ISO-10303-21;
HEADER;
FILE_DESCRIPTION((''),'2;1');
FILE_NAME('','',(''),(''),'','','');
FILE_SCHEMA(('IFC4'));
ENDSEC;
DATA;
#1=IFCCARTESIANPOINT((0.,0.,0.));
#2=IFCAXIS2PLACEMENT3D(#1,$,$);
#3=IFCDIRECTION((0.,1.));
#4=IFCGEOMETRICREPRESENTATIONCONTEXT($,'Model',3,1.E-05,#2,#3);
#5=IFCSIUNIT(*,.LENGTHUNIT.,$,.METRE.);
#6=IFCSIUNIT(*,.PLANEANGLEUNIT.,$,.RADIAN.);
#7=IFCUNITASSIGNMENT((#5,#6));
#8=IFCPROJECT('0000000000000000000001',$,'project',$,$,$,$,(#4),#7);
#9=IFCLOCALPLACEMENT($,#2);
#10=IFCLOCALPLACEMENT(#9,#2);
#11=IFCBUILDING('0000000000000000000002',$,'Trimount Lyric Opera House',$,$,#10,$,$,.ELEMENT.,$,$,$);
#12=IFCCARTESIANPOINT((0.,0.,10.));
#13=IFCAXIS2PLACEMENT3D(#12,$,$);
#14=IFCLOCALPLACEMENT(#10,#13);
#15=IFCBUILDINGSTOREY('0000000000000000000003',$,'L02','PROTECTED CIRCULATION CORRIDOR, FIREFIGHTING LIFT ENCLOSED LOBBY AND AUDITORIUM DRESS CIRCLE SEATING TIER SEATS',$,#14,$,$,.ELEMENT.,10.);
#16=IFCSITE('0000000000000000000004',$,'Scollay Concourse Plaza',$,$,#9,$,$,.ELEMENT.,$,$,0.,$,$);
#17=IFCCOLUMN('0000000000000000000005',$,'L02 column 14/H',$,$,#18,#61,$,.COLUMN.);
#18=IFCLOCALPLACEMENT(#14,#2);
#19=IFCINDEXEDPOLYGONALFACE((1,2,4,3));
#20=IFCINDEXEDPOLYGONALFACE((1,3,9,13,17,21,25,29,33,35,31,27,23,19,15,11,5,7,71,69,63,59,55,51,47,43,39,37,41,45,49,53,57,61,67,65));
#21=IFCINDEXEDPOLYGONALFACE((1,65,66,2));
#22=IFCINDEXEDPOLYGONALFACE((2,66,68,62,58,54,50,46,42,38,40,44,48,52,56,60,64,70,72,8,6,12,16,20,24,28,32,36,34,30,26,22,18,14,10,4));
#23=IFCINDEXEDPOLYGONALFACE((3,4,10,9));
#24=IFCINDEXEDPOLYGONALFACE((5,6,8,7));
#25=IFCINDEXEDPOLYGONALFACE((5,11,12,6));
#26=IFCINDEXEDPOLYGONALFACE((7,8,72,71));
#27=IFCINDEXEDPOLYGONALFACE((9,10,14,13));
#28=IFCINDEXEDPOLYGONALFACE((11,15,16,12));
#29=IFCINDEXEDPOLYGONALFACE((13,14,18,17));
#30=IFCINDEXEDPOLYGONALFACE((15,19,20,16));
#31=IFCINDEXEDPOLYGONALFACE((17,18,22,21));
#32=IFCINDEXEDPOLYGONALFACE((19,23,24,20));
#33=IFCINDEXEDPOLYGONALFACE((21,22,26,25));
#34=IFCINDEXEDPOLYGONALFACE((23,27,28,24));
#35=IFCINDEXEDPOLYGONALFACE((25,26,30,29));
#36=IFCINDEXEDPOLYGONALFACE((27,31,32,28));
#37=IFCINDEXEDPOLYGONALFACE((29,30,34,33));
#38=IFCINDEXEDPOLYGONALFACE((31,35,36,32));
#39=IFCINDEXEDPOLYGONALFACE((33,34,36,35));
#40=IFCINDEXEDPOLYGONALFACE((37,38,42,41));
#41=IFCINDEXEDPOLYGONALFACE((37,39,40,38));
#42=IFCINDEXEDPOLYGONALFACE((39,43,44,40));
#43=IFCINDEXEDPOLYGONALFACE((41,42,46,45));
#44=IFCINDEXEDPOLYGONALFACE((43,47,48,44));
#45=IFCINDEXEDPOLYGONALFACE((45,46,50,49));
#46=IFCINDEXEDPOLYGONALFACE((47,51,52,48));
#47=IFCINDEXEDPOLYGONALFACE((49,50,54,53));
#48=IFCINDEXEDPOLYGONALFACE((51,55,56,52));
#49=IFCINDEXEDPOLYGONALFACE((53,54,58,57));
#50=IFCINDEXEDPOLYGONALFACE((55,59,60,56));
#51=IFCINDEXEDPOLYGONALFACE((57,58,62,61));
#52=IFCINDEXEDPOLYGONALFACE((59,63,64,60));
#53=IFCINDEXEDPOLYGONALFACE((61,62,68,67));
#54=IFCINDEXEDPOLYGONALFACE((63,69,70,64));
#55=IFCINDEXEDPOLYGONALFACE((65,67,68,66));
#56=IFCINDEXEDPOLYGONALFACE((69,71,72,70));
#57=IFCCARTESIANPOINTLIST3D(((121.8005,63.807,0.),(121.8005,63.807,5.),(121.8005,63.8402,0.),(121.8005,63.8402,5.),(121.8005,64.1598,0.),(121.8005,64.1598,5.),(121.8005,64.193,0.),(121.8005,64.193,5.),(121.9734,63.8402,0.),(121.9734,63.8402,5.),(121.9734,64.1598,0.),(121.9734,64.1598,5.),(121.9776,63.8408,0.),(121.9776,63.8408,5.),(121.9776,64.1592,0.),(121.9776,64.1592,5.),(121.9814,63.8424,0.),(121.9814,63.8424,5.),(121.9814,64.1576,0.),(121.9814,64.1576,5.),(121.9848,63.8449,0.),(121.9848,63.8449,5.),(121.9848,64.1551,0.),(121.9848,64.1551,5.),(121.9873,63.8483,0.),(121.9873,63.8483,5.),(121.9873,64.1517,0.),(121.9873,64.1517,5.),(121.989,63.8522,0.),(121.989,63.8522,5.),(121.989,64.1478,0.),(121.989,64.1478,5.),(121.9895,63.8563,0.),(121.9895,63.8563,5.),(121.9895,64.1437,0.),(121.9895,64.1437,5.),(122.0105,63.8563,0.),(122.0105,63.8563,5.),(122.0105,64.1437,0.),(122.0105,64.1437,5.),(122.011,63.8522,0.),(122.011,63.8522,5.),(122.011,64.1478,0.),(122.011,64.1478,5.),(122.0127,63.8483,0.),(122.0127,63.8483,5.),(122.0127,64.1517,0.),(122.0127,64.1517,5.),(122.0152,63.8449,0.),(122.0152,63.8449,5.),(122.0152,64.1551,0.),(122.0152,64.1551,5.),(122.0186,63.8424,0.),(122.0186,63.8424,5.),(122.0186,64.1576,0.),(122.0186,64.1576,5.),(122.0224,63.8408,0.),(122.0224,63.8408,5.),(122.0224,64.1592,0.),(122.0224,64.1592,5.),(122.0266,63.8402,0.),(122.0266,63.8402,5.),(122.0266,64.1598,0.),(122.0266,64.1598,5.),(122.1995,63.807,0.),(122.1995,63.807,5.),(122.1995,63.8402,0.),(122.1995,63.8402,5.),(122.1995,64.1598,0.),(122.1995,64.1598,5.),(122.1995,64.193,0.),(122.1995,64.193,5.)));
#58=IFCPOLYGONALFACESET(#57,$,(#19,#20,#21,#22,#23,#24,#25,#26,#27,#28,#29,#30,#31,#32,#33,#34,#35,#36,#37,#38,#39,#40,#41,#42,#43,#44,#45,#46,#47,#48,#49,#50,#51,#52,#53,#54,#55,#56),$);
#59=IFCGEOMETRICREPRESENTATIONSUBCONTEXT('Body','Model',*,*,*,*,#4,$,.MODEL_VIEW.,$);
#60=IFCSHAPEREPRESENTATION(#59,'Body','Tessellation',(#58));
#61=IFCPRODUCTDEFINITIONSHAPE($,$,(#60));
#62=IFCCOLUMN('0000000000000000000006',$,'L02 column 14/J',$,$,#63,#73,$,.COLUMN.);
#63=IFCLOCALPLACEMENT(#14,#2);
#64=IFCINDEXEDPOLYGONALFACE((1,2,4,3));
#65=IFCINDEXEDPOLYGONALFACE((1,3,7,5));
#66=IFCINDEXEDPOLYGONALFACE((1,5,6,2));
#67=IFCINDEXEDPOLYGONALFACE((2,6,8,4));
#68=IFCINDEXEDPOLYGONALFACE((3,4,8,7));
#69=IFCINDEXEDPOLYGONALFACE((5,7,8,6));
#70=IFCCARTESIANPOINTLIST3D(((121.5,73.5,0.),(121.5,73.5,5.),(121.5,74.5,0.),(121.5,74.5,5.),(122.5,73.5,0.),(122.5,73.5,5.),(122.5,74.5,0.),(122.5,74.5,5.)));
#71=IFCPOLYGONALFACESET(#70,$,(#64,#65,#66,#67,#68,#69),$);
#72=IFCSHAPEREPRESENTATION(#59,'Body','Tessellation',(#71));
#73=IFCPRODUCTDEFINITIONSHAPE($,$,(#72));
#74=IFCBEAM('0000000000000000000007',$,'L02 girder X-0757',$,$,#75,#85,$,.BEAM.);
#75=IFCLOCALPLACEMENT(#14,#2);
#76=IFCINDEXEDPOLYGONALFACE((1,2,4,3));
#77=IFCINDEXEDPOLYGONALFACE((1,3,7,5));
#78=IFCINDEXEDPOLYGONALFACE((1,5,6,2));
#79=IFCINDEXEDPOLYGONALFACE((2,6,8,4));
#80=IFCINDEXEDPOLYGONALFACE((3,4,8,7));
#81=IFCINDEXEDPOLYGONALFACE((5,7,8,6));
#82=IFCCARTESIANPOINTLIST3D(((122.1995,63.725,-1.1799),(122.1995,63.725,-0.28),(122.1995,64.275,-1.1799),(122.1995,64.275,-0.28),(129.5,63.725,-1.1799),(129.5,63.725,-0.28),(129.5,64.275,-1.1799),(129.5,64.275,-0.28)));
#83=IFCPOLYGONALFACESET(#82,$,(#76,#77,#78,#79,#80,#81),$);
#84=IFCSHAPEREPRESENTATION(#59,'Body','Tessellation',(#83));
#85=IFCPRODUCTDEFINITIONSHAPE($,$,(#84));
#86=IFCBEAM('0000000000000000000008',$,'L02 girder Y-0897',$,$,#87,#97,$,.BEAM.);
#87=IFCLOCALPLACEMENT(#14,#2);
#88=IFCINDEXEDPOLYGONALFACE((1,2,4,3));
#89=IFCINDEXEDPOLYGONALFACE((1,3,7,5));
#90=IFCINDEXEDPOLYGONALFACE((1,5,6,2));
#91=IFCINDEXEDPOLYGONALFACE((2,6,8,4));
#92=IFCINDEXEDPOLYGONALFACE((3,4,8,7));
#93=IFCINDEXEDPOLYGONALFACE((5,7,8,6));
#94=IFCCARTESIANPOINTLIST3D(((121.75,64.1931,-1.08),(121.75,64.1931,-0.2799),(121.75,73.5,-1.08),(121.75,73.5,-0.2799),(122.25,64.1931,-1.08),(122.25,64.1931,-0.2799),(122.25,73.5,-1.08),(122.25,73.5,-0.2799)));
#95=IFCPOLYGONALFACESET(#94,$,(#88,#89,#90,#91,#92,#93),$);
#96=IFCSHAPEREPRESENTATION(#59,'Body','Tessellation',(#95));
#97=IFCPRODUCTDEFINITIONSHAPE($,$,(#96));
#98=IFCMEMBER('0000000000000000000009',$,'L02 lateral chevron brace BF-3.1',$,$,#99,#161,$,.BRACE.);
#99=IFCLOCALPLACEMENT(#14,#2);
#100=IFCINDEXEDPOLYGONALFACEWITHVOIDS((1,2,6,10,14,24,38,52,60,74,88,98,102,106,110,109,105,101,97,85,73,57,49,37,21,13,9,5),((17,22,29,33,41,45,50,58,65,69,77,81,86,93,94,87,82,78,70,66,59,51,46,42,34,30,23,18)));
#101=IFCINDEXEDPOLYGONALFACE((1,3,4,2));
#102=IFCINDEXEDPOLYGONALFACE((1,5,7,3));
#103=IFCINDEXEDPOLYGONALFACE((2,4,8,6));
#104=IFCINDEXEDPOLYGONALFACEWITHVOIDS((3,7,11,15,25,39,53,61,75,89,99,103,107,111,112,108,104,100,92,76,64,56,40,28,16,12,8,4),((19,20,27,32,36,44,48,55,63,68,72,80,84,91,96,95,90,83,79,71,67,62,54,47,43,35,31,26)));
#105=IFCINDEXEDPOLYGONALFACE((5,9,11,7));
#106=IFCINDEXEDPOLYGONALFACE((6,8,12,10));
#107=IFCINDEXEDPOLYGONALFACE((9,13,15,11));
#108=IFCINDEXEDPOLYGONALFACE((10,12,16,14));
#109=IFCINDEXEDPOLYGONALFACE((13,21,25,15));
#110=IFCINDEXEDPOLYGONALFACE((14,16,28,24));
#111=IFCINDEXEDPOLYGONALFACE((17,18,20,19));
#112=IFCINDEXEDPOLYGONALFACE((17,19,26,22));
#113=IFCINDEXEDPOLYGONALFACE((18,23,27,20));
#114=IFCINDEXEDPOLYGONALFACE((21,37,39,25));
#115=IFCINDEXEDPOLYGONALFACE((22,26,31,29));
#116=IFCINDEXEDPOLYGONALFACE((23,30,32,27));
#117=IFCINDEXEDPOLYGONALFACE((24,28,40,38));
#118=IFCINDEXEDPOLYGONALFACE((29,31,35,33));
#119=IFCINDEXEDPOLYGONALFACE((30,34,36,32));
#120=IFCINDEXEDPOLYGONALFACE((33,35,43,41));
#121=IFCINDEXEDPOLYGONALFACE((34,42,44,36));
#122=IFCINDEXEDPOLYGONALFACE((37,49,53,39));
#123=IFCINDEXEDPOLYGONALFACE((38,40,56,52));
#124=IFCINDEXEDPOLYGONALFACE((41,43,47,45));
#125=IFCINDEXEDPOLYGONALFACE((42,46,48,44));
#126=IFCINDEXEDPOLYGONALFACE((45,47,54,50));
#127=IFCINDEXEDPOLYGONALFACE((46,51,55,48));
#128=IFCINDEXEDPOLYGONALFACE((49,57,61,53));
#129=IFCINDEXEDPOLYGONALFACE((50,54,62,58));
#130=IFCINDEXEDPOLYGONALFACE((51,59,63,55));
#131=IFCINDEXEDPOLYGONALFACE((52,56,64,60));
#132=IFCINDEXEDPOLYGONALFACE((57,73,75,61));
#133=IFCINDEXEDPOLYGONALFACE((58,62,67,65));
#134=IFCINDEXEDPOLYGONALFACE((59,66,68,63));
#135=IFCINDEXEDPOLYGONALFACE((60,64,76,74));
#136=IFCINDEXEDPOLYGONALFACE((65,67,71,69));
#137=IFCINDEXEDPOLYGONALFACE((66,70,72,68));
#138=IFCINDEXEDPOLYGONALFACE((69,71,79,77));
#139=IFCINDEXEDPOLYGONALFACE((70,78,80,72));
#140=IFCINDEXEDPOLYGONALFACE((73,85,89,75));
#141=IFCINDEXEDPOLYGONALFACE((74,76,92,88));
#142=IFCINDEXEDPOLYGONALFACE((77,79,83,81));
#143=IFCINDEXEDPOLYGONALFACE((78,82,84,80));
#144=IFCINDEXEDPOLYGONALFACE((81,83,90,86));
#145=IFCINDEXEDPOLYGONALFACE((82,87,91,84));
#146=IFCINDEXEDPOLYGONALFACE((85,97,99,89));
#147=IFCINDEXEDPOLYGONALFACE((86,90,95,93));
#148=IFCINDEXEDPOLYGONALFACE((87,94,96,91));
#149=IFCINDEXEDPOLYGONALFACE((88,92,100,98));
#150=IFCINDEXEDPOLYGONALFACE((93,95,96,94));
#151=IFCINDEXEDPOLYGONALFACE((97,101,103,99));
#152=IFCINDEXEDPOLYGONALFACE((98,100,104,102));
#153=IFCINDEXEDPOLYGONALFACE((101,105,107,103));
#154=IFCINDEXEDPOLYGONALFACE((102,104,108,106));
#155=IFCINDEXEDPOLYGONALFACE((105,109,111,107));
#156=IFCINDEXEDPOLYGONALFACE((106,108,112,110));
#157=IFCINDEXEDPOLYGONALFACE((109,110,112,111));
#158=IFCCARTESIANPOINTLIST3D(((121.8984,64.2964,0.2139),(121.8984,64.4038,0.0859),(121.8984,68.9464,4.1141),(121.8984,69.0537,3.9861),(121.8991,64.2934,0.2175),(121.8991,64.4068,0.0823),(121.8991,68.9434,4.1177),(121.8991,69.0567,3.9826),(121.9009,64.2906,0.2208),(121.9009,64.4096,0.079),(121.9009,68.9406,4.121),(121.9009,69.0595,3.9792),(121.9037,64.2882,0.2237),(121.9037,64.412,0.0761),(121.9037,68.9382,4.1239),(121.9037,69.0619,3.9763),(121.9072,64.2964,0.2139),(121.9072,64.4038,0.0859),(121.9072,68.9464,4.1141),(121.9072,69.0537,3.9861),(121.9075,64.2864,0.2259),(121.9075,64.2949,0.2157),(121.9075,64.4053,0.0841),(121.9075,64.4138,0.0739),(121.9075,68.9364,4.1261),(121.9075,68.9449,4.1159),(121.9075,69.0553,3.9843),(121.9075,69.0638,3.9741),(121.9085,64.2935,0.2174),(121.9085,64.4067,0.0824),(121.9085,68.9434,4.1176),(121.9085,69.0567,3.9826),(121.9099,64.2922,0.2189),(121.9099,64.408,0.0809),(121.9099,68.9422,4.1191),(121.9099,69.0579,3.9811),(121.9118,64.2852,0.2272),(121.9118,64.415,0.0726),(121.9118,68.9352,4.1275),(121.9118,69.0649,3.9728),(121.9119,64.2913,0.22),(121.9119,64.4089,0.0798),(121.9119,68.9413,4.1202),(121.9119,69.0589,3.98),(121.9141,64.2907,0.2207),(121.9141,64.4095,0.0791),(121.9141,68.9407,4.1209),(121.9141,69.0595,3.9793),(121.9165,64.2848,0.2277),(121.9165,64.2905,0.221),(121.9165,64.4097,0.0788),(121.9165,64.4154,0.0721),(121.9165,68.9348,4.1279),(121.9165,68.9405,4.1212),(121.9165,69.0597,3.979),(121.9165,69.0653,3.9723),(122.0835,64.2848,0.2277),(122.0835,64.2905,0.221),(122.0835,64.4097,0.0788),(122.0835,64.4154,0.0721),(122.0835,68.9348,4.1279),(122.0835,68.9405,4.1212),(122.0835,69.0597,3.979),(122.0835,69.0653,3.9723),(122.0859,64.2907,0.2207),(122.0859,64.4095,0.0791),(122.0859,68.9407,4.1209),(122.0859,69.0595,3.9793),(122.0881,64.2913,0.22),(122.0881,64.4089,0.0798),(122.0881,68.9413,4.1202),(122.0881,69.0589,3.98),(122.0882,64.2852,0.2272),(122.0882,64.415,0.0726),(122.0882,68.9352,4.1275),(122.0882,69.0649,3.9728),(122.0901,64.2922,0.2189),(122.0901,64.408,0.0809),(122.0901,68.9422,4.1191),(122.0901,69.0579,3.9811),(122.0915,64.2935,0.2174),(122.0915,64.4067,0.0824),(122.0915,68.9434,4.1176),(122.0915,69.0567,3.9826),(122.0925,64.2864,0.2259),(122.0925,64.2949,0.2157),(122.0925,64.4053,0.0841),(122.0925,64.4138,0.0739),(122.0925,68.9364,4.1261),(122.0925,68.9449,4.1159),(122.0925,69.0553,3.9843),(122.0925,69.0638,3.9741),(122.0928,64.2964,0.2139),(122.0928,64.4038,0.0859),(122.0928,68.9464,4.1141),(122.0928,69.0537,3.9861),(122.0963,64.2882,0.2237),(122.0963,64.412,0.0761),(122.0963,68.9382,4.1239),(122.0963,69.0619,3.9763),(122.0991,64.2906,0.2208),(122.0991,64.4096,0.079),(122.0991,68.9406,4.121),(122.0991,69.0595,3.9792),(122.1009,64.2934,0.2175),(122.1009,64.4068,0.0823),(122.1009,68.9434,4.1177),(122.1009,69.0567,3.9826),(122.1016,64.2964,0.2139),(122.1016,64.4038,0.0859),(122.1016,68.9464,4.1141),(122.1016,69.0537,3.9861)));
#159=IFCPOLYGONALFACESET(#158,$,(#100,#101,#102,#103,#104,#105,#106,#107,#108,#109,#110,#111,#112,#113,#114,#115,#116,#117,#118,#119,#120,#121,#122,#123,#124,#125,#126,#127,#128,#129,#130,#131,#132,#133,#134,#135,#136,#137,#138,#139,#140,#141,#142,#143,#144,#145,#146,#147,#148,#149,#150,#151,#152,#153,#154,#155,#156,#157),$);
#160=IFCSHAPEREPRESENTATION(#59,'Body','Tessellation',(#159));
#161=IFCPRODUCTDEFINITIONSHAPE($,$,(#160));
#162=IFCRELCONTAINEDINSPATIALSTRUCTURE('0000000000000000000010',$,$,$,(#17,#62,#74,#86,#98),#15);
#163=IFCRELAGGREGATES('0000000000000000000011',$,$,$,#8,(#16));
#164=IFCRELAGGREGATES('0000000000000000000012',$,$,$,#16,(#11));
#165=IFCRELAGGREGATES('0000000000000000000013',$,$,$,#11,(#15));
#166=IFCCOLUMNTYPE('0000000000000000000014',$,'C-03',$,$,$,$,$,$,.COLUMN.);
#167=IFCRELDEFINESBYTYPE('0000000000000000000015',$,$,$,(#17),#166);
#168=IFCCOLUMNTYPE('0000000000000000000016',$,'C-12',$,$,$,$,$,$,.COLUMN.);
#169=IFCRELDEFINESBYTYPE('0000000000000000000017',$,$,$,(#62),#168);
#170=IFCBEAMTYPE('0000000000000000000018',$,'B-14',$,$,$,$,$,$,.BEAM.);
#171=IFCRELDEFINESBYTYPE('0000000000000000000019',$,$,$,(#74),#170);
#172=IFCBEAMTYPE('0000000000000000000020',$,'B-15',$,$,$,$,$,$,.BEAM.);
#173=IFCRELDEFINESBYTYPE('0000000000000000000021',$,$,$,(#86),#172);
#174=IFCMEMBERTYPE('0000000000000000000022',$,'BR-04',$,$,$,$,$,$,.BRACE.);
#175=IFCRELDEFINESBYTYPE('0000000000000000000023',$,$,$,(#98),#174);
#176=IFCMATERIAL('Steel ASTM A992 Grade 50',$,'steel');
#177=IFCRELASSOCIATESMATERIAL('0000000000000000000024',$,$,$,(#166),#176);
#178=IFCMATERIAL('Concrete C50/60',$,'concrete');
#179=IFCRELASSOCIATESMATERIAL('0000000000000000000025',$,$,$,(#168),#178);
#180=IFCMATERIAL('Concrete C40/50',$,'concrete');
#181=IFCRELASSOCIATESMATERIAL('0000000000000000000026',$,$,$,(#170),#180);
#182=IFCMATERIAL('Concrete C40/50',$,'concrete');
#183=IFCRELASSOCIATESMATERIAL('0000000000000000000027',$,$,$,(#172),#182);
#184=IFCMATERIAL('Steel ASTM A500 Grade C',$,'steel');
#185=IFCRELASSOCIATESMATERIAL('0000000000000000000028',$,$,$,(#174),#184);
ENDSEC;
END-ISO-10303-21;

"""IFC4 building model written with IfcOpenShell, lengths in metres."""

from ifc_helpers import new_model, si_unit, direction, frame, origin, origin_2d, place, context, subcontext, project, spatial, rectangle, hollow_rectangle, i_section, extrude, material, material_profile, profile_set, type_object, element, save


model = new_model("IFC4")

# Units and contexts
model_context = context("Model", 3, precision=1e-05, world=origin(), true_north=direction((0.0, 1.0)))
body_context = subcontext(model_context, "Body", "Model", "MODEL_VIEW")
ifc_project = project(units=[si_unit("LENGTHUNIT", "METRE"), si_unit("PLANEANGLEUNIT", "RADIAN")], contexts=[model_context])

# Site, building, storey
site_placement = place(None, origin())
site = spatial("IfcSite", under=ifc_project, at=site_placement, Name="Scollay Concourse Plaza", CompositionType="ELEMENT", RefElevation=0.0)
building_placement = place(site_placement, origin())
building = spatial("IfcBuilding", under=site, at=building_placement, Name="Trimount Lyric Opera House", CompositionType="ELEMENT")
storey_placement = place(building_placement, frame((0.0, 0.0, 10.0)))
storey = spatial("IfcBuildingStorey", under=building, at=storey_placement, Name="L02", Description="PROTECTED CIRCULATION CORRIDOR, FIREFIGHTING LIFT ENCLOSED LOBBY AND AUDITORIUM DRESS CIRCLE SEATING TIER SEATS", CompositionType="ELEMENT", Elevation=10.0)

# Columns
ifc_material_1 = material(Name="Steel ASTM A992 Grade 50", Category="steel")
ifc_material_profile_1 = material_profile(ifc_material_1, i_section(OverallWidth=0.3989, OverallDepth=0.386, WebThickness=0.021, FlangeThickness=0.0332, FilletRadius=0.0161, at=origin_2d()), Name="W14X176")
ifc_profile_set_1 = profile_set([ifc_material_profile_1], Name="Steel ASTM A992 Grade 50")
column_type_1 = type_object("IfcColumnType", Name="C-03", PredefinedType="COLUMN", material=ifc_profile_set_1)
column_1_placement = place(storey_placement, frame((122.0, 64.0, 0.0), z_axis=(0.0, 0.0, 1.0), x_axis=(1.0, 0.0, 0.0)))
element("IfcColumn", 1, at=column_1_placement, inside=storey, type_object=column_type_1, Name="L02 column 14/H", PredefinedType="COLUMN", context=body_context, shape_type="SweptSolid", body=[
    extrude(i_section(OverallWidth=0.3989, OverallDepth=0.386, WebThickness=0.021, FlangeThickness=0.0332, FilletRadius=0.0161, at=origin_2d()), origin(), (0.0, 0.0, 1.0), 5.0),
])
ifc_material_2 = material(Name="Concrete C50/60", Category="concrete")
ifc_material_profile_2 = material_profile(ifc_material_2, rectangle(XDim=1.0, YDim=1.0, at=origin_2d()), Name="RC1000X1000")
ifc_profile_set_2 = profile_set([ifc_material_profile_2], Name="Concrete C50/60")
column_type_2 = type_object("IfcColumnType", Name="C-12", PredefinedType="COLUMN", material=ifc_profile_set_2)
column_2_placement = place(storey_placement, frame((122.0, 74.0, 0.0), z_axis=(0.0, 0.0, 1.0), x_axis=(1.0, 0.0, 0.0)))
element("IfcColumn", 2, at=column_2_placement, inside=storey, type_object=column_type_2, Name="L02 column 14/J", PredefinedType="COLUMN", context=body_context, shape_type="SweptSolid", body=[
    extrude(rectangle(XDim=1.0, YDim=1.0, at=origin_2d()), origin(), (0.0, 0.0, 1.0), 5.0),
])

# Beams
ifc_material_3 = material(Name="Concrete C40/50", Category="concrete")
ifc_material_profile_3 = material_profile(ifc_material_3, rectangle(XDim=0.55, YDim=0.8999, at=origin_2d()), Name="RC550X900")
ifc_profile_set_3 = profile_set([ifc_material_profile_3], Name="Concrete C40/50")
beam_type_1 = type_object("IfcBeamType", Name="B-14", PredefinedType="BEAM", material=ifc_profile_set_3)
beam_1_placement = place(storey_placement, frame((122.1995, 64.0, -0.73), z_axis=(1.0, 0.0, 0.0), x_axis=(0.0, 1.0, 0.0)))
element("IfcBeam", 3, at=beam_1_placement, inside=storey, type_object=beam_type_1, Name="L02 girder X-0757", PredefinedType="BEAM", context=body_context, shape_type="SweptSolid", body=[
    extrude(rectangle(XDim=0.55, YDim=0.8999, at=origin_2d()), origin(), (0.0, 0.0, 1.0), 7.3005),
])
ifc_material_4 = material(Name="Concrete C40/50", Category="concrete")
ifc_material_profile_4 = material_profile(ifc_material_4, rectangle(XDim=0.5, YDim=0.8, at=origin_2d()), Name="RC500X800")
ifc_profile_set_4 = profile_set([ifc_material_profile_4], Name="Concrete C40/50")
beam_type_2 = type_object("IfcBeamType", Name="B-15", PredefinedType="BEAM", material=ifc_profile_set_4)
beam_2_placement = place(storey_placement, frame((122.0, 64.1931, -0.6799), z_axis=(0.0, 1.0, 0.0), x_axis=(-1.0, 0.0, 0.0)))
element("IfcBeam", 4, at=beam_2_placement, inside=storey, type_object=beam_type_2, Name="L02 girder Y-0897", PredefinedType="BEAM", context=body_context, shape_type="SweptSolid", body=[
    extrude(rectangle(XDim=0.5, YDim=0.8, at=origin_2d()), origin(), (0.0, 0.0, 1.0), 9.3069),
])

# Member
ifc_material_5 = material(Name="Steel ASTM A500 Grade C", Category="steel")
ifc_material_profile_5 = material_profile(ifc_material_5, hollow_rectangle(XDim=0.2031, YDim=0.2031, WallThickness=0.0088, InnerFilletRadius=0.0093, OuterFilletRadius=0.0181, at=origin_2d()), Name="HSS203.2X203.2X9.5")
ifc_profile_set_5 = profile_set([ifc_material_profile_5], Name="Steel ASTM A500 Grade C")
member_type_1 = type_object("IfcMemberType", Name="BR-04", PredefinedType="BRACE", material=ifc_profile_set_5)
member_1_placement = place(storey_placement, frame((122.0, 64.3501, 0.1499), z_axis=(0.0, 0.766173, 0.642634), x_axis=(-1.0, 0.0, 0.0)))
element("IfcMember", 5, at=member_1_placement, inside=storey, type_object=member_type_1, Name="L02 lateral chevron brace BF-3.1", PredefinedType="BRACE", context=body_context, shape_type="SweptSolid", body=[
    extrude(hollow_rectangle(XDim=0.2031, YDim=0.2031, WallThickness=0.0088, InnerFilletRadius=0.0093, OuterFilletRadius=0.0181, at=origin_2d()), origin(), (0.0, 0.0, 1.0), 6.0691),
])

save(model, "model.ifc")
